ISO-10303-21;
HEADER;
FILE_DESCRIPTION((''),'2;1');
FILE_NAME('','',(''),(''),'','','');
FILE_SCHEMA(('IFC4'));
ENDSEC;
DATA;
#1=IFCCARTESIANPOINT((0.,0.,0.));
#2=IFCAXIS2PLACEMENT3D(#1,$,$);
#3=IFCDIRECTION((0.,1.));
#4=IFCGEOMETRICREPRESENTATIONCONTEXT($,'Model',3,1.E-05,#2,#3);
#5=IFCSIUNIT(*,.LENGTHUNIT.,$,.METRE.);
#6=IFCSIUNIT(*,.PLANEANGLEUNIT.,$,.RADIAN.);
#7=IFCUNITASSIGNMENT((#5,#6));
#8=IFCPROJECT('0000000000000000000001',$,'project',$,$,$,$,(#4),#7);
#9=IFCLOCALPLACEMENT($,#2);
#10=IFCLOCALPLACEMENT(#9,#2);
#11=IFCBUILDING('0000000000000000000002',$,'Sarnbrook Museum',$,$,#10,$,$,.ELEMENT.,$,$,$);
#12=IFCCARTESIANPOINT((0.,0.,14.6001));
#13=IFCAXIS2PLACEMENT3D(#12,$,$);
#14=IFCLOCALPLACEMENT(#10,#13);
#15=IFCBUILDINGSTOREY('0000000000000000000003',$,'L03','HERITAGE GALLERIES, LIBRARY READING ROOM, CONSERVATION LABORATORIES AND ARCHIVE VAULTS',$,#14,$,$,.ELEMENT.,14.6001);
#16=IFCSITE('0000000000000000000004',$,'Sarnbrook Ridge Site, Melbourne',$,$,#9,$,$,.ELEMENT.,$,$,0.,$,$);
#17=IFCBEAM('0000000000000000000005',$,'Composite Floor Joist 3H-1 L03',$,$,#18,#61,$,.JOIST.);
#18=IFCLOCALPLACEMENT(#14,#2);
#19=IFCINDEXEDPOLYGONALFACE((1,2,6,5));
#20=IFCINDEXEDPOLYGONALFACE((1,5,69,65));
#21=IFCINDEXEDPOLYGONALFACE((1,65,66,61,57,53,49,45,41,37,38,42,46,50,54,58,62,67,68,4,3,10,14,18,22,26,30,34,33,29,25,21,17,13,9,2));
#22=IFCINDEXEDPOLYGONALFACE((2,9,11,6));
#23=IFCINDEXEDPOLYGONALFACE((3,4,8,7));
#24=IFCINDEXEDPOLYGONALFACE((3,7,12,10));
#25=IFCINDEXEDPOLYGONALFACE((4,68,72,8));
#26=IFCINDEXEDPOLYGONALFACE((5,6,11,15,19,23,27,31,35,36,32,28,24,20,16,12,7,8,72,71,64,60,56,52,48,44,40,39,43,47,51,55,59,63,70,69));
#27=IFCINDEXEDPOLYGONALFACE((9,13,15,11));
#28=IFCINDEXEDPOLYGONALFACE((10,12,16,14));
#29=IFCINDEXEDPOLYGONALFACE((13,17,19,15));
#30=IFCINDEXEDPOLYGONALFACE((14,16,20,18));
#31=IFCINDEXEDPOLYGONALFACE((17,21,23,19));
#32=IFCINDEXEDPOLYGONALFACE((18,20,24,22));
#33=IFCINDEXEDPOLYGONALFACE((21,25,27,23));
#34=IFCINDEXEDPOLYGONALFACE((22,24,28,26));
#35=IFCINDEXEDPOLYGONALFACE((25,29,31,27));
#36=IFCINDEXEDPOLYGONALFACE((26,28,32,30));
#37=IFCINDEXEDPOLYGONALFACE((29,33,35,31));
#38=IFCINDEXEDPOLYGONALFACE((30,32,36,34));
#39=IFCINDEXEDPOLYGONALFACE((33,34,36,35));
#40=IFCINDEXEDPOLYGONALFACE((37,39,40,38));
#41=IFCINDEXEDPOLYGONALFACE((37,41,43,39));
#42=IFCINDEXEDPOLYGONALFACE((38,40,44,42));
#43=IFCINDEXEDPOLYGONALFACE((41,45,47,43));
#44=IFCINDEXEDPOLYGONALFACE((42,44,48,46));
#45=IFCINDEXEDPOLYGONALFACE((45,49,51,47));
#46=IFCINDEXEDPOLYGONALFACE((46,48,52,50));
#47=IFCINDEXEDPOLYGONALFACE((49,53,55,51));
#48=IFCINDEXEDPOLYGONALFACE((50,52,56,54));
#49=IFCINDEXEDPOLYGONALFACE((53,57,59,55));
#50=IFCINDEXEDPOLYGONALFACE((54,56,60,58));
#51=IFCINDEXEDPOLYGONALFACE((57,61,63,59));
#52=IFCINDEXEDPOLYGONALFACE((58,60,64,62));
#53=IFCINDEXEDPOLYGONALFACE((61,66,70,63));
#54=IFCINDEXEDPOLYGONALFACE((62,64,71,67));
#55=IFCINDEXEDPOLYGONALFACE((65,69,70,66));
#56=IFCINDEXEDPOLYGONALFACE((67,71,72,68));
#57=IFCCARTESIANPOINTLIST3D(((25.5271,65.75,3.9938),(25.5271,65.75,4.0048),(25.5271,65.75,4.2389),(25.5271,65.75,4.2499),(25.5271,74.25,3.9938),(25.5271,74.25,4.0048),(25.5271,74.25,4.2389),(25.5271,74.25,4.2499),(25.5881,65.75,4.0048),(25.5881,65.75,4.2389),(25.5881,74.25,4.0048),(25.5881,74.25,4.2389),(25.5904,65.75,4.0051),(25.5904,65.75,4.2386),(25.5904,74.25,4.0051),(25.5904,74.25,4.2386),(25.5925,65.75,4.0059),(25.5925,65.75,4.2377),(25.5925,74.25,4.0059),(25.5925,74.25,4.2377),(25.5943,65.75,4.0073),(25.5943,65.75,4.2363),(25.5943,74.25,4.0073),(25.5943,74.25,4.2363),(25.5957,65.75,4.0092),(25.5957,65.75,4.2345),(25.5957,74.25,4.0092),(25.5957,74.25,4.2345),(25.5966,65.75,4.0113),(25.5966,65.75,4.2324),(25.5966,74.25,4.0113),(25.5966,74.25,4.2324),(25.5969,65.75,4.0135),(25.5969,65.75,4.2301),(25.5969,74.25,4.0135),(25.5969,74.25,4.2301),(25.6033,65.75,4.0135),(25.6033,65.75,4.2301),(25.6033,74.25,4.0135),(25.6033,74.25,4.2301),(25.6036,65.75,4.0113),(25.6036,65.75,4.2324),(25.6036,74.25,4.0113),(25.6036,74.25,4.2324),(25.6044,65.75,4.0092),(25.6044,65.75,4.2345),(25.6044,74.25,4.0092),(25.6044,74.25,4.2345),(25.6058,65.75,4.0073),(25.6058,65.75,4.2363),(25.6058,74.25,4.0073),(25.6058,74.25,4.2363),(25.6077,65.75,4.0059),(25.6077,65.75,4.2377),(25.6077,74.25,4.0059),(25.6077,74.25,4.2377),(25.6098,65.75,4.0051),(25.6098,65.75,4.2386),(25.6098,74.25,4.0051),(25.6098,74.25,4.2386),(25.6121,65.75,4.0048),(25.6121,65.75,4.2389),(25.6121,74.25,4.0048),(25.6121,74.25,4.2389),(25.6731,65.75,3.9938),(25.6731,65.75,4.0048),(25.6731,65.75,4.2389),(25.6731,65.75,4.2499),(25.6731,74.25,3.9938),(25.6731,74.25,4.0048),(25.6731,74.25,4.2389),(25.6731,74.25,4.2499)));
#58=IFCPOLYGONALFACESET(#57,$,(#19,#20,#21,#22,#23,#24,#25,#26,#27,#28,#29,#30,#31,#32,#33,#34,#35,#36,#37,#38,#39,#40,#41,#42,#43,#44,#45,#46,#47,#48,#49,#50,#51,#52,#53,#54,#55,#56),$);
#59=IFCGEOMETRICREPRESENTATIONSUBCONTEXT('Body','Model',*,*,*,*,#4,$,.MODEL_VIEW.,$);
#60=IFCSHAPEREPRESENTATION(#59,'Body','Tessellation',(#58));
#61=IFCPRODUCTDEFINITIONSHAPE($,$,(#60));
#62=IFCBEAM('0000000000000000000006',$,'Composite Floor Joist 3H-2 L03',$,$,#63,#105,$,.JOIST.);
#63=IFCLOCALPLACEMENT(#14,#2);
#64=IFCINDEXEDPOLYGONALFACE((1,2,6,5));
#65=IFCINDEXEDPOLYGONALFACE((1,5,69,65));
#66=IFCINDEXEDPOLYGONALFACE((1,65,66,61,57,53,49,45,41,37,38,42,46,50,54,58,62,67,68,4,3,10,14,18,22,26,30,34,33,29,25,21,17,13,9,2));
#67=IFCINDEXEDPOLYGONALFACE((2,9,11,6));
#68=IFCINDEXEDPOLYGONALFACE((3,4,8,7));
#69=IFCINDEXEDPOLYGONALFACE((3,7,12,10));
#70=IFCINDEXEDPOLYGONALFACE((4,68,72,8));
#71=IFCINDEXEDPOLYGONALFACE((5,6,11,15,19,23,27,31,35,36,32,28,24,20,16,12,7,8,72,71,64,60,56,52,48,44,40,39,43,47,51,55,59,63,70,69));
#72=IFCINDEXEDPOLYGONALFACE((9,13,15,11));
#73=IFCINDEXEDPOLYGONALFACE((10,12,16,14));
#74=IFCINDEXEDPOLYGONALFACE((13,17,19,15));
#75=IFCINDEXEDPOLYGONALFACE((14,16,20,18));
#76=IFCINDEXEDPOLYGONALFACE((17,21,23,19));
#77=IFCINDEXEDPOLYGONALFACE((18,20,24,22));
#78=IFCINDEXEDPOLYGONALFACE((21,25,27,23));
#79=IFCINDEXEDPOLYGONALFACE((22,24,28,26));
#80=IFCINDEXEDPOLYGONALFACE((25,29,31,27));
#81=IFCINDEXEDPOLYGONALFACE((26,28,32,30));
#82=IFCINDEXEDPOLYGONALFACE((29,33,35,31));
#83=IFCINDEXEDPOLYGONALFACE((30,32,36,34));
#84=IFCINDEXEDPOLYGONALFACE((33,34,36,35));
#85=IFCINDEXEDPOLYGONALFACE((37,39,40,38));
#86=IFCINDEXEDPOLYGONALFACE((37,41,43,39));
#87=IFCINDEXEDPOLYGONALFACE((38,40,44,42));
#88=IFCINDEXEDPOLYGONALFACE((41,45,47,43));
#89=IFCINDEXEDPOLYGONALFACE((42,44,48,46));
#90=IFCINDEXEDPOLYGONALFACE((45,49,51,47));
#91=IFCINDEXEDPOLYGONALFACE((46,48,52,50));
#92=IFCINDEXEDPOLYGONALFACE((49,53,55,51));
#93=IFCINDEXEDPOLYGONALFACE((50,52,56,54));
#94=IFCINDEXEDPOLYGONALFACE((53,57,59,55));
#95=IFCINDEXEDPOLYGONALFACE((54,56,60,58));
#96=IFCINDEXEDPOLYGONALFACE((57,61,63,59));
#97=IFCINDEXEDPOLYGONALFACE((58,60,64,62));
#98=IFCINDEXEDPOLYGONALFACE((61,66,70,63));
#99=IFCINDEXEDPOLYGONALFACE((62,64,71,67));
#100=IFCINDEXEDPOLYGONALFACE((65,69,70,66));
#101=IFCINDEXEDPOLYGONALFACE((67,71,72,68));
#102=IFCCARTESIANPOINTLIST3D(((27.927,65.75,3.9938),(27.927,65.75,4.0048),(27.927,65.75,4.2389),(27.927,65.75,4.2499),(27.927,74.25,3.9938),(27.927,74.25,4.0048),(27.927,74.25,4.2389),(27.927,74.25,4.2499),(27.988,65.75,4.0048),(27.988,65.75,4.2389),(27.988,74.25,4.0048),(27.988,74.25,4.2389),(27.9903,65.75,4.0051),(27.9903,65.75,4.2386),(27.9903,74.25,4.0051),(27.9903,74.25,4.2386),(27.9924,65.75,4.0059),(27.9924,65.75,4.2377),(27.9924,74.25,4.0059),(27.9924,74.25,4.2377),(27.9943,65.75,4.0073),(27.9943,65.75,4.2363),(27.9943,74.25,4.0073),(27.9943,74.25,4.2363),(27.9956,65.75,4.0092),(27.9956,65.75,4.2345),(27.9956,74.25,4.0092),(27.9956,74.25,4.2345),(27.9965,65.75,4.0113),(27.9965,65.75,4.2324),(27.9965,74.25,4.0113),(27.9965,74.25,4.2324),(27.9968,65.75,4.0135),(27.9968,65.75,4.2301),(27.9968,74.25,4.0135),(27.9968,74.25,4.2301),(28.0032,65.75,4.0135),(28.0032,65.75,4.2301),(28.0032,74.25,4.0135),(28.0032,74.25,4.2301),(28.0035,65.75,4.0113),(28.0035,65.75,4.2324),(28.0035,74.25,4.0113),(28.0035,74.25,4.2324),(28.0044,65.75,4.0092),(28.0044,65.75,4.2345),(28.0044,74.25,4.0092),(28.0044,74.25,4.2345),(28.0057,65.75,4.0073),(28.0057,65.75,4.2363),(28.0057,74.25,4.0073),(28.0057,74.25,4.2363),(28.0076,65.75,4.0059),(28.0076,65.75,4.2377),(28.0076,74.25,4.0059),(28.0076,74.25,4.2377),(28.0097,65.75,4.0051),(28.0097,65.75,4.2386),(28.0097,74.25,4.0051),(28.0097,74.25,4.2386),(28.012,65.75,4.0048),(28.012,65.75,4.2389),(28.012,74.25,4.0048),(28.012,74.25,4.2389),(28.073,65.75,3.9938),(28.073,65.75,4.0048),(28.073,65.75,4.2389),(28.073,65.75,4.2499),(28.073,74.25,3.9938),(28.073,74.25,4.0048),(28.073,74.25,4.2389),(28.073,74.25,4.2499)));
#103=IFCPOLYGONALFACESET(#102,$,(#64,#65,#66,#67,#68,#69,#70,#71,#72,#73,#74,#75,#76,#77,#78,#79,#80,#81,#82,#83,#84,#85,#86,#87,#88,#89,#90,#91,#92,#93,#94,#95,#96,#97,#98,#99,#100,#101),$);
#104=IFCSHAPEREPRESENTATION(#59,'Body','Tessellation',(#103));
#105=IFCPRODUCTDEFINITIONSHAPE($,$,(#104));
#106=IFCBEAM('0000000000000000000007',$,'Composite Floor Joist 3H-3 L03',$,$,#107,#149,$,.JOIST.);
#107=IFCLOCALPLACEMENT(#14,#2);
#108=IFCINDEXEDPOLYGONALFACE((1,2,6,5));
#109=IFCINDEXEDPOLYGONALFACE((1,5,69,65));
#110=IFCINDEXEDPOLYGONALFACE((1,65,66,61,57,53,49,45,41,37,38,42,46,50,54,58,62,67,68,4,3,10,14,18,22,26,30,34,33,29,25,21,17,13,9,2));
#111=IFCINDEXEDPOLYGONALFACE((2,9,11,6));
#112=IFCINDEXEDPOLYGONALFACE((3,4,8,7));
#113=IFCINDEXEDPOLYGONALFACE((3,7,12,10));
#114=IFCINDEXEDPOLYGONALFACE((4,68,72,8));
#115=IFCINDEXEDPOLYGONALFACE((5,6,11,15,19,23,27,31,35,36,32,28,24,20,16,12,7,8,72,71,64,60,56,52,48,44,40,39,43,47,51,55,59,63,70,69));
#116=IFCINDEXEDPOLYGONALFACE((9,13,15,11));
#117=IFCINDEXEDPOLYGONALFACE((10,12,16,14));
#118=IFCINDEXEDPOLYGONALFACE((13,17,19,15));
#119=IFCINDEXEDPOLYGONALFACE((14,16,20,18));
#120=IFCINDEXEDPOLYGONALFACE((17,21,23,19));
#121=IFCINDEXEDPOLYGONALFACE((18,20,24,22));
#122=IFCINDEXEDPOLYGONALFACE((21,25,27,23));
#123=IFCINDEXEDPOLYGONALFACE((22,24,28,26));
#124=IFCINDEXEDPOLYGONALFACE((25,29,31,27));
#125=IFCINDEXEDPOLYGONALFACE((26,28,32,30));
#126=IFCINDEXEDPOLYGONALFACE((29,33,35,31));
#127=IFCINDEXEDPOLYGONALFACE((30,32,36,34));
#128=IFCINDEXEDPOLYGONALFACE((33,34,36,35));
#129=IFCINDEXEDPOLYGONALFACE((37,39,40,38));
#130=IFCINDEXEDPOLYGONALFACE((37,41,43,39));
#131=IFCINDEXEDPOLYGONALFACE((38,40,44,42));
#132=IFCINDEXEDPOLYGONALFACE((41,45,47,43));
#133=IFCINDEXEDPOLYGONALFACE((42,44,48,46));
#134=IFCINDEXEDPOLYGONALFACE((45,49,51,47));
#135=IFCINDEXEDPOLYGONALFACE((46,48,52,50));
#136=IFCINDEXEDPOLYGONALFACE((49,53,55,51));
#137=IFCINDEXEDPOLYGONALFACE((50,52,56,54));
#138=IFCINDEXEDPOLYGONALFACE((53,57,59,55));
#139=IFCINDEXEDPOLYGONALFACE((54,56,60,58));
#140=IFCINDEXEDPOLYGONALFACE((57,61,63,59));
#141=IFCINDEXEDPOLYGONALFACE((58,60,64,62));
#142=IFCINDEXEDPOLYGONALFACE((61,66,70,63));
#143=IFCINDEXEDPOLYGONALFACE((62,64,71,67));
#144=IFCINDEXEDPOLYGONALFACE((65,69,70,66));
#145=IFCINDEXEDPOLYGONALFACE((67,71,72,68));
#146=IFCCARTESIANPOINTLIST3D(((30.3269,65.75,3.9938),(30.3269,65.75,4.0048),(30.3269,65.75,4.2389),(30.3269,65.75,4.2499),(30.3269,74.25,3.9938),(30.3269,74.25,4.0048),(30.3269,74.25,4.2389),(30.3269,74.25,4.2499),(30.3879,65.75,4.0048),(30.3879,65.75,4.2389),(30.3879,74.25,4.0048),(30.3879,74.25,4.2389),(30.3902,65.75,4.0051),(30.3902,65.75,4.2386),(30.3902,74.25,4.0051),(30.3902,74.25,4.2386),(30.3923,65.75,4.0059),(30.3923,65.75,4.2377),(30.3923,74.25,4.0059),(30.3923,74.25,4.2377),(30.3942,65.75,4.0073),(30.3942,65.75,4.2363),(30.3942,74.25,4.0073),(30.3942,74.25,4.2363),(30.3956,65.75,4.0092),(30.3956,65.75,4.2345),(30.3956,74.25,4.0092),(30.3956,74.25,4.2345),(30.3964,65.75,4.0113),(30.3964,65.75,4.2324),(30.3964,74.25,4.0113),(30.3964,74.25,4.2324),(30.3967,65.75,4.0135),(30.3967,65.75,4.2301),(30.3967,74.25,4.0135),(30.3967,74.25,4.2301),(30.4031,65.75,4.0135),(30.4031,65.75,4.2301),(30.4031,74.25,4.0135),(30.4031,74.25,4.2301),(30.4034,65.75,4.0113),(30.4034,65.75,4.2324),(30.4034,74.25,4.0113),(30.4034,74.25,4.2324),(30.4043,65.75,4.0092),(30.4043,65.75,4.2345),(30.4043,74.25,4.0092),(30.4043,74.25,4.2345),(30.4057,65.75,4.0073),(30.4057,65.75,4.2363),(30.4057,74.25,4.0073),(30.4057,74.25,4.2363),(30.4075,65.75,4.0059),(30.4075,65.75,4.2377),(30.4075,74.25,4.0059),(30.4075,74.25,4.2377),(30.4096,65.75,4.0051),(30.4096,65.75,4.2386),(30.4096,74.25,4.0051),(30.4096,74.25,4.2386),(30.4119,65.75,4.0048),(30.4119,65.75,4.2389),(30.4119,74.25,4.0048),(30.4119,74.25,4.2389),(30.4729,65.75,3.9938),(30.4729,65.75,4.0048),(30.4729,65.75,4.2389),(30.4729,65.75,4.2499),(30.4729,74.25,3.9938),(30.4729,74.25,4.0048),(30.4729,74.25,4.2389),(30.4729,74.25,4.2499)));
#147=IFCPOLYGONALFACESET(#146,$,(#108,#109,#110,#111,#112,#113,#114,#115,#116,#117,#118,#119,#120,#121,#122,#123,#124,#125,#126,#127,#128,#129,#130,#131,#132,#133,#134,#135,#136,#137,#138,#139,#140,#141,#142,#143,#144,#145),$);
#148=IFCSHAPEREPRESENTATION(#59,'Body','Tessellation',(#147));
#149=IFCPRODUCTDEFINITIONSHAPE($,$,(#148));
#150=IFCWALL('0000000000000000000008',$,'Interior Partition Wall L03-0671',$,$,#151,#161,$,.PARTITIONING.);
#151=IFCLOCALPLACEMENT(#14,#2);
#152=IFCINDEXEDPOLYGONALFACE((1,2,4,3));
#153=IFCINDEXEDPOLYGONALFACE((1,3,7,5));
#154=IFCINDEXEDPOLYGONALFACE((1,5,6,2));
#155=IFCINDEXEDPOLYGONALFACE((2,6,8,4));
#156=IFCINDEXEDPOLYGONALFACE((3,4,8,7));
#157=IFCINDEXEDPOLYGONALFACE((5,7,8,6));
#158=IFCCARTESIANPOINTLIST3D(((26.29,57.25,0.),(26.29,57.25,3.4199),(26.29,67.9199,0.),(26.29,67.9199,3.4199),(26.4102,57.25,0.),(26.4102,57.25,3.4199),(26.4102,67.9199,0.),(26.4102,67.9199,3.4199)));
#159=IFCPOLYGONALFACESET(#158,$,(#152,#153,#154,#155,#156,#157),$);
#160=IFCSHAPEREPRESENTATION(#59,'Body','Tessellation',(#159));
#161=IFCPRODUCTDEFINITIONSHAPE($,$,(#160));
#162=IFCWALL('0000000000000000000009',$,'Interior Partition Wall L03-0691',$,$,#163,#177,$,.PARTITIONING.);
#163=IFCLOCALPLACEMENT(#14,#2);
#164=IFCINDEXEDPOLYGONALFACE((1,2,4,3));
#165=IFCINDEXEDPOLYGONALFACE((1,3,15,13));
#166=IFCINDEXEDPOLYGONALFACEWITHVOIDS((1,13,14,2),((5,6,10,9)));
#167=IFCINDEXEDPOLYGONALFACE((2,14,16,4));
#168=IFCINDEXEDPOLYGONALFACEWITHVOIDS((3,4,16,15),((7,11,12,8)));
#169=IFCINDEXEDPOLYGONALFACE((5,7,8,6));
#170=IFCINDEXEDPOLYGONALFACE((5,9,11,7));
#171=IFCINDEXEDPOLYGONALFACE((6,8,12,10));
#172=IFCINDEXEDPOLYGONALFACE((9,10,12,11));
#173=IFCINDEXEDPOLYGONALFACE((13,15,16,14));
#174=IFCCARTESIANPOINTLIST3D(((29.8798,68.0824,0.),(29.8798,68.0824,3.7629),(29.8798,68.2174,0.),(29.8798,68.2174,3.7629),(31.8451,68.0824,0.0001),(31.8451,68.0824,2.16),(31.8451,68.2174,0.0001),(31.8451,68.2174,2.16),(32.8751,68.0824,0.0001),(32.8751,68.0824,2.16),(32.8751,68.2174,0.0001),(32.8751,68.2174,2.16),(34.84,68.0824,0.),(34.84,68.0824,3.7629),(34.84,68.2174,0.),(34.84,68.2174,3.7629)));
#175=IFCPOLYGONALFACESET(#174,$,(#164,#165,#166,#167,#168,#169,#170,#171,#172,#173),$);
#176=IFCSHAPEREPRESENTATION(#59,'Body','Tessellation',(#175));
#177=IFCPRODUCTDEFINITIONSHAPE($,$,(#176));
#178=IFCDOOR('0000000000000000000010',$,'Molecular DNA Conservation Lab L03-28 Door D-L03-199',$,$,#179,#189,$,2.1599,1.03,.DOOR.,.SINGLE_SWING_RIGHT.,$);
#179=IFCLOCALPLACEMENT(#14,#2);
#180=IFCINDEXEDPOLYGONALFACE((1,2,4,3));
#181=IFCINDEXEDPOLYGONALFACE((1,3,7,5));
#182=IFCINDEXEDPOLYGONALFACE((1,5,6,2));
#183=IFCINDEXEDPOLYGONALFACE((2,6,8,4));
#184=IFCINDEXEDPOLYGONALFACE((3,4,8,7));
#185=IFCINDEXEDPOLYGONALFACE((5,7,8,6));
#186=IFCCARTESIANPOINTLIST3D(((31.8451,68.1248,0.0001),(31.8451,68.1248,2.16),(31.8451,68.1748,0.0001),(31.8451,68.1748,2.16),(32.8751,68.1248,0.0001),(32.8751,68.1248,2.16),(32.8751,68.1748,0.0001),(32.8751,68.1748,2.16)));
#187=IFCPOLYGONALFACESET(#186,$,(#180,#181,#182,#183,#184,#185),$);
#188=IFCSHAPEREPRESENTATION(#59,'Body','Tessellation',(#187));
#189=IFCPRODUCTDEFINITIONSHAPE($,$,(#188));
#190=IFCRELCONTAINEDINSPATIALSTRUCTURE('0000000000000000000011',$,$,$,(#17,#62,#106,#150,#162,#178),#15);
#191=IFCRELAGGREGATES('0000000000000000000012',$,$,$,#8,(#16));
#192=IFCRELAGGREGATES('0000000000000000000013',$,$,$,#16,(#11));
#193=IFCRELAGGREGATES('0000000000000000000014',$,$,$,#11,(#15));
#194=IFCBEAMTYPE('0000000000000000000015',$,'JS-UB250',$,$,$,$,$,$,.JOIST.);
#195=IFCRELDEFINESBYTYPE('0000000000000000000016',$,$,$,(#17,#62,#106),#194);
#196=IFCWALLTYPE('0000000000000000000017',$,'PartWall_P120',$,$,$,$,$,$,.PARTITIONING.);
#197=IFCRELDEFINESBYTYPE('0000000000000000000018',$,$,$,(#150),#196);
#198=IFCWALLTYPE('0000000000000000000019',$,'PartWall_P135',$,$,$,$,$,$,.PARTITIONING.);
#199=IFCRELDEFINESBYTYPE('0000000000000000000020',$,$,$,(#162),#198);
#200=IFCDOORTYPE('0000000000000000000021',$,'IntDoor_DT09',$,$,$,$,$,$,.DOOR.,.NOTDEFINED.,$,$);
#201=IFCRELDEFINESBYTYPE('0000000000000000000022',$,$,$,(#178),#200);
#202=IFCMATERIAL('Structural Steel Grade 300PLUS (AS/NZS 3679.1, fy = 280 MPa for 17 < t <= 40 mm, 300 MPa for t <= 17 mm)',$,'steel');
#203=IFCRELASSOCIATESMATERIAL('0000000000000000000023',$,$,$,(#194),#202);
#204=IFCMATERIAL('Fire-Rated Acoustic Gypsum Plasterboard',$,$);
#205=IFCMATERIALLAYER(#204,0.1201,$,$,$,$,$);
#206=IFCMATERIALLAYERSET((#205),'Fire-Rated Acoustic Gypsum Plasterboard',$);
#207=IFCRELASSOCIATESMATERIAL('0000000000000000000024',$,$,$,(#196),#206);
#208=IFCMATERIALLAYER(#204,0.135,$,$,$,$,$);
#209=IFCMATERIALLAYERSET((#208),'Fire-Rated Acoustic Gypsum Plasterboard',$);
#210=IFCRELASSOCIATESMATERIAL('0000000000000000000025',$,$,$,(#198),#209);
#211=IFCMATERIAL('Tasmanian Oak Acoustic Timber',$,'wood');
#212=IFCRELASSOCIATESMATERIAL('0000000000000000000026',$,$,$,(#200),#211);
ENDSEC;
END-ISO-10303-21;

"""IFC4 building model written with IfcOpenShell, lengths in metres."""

from ifc_helpers import new_model, si_unit, direction, frame, frame_2d, origin, origin_2d, place, context, subcontext, project, spatial, rectangle, i_section, extrude, material, layer, layer_set, material_profile, profile_set, type_object, element, fill, save


model = new_model("IFC4")

# Units and contexts
model_context = context("Model", 3, precision=1e-05, world=origin(), true_north=direction((0.0, 1.0)))
body_context = subcontext(model_context, "Body", "Model", "MODEL_VIEW")
ifc_project = project(units=[si_unit("LENGTHUNIT", "METRE"), si_unit("PLANEANGLEUNIT", "RADIAN")], contexts=[model_context])

# Site, building, storey
site_placement = place(None, origin())
site = spatial("IfcSite", under=ifc_project, at=site_placement, Name="Sarnbrook Ridge Site, Melbourne", CompositionType="ELEMENT", RefElevation=0.0)
building_placement = place(site_placement, origin())
building = spatial("IfcBuilding", under=site, at=building_placement, Name="Sarnbrook Museum", CompositionType="ELEMENT")
storey_placement = place(building_placement, frame((0.0, 0.0, 14.6001)))
storey = spatial("IfcBuildingStorey", under=building, at=storey_placement, Name="L03", Description="HERITAGE GALLERIES, LIBRARY READING ROOM, CONSERVATION LABORATORIES AND ARCHIVE VAULTS", CompositionType="ELEMENT", Elevation=14.6001)

# Shared definitions
ifc_material_1 = material(Name="Structural Steel Grade 300PLUS (AS/NZS 3679.1, fy = 280 MPa for 17 < t <= 40 mm, 300 MPa for t <= 17 mm)", Category="steel")

# Beams
ifc_material_profile_1 = material_profile(ifc_material_1, i_section(OverallWidth=0.146, OverallDepth=0.2561, WebThickness=0.0063, FlangeThickness=0.011, FilletRadius=0.0088, at=origin_2d()), Name="250UB37.3")
ifc_profile_set_1 = profile_set([ifc_material_profile_1], Name="Structural Steel Grade 300PLUS (AS/NZS 3679.1, fy = 280 MPa for 17 < t <= 40 mm, 300 MPa for t <= 17 mm)")
beam_type_1 = type_object("IfcBeamType", Name="JS-UB250", PredefinedType="JOIST", material=ifc_profile_set_1)
for number, where, z_axis, x_axis, name in (
    (1, (25.6001, 65.75, 4.1218), (0.0, 1.0, 0.0), (-1.0, 0.0, 0.0), "Composite Floor Joist 3H-1 L03"),
    (2, (28.0, 65.75, 4.1218), (0.0, 1.0, 0.0), (-1.0, 0.0, 0.0), "Composite Floor Joist 3H-2 L03"),
    (3, (30.3999, 65.75, 4.1218), (0.0, 1.0, 0.0), (-1.0, 0.0, 0.0), "Composite Floor Joist 3H-3 L03"),
):
    element("IfcBeam", number, at=place(storey_placement, frame(where, z_axis=z_axis, x_axis=x_axis)), inside=storey, type_object=beam_type_1, Name=name, PredefinedType="JOIST", context=body_context, shape_type="SweptSolid", body=[
        extrude(i_section(OverallWidth=0.146, OverallDepth=0.2561, WebThickness=0.0063, FlangeThickness=0.011, FilletRadius=0.0088, at=origin_2d()), origin(), (0.0, 0.0, 1.0), 8.5),
    ])

# Wall
ifc_material_2 = material(Name="Fire-Rated Acoustic Gypsum Plasterboard")
ifc_layer_1 = layer(ifc_material_2, 0.1201)
ifc_layer_set_1 = layer_set([ifc_layer_1], Name="Fire-Rated Acoustic Gypsum Plasterboard")
wall_type_1 = type_object("IfcWallType", Name="PartWall_P120", PredefinedType="PARTITIONING", material=ifc_layer_set_1)
wall_1_placement = place(storey_placement, frame((26.3501, 67.9199, 0.0), z_axis=(0.0, 0.0, 1.0), x_axis=(0.0, -1.0, 0.0)))
element("IfcWall", 4, at=wall_1_placement, inside=storey, type_object=wall_type_1, Name="Interior Partition Wall L03-0671", PredefinedType="PARTITIONING", context=body_context, shape_type="SweptSolid", body=[
    extrude(rectangle(XDim=10.6699, YDim=0.1201, at=frame_2d((5.335, 0.0))), origin(), (0.0, 0.0, 1.0), 3.4199),
])

# Wall, opening, door
ifc_layer_2 = layer(ifc_material_2, 0.135)
ifc_layer_set_2 = layer_set([ifc_layer_2], Name="Fire-Rated Acoustic Gypsum Plasterboard")
wall_type_2 = type_object("IfcWallType", Name="PartWall_P135", PredefinedType="PARTITIONING", material=ifc_layer_set_2)
wall_2_placement = place(storey_placement, frame((29.8799, 68.1499, 0.0), z_axis=(0.0, 0.0, 1.0), x_axis=(1.0, 0.0, 0.0)))
wall_2 = element("IfcWall", 5, at=wall_2_placement, inside=storey, type_object=wall_type_2, Name="Interior Partition Wall L03-0691", PredefinedType="PARTITIONING", context=body_context, shape_type="SweptSolid", body=[
    extrude(rectangle(XDim=4.9602, YDim=0.135, at=frame_2d((2.48, 0.0))), origin(), (0.0, 0.0, 1.0), 3.7629),
])
opening_1_placement = place(wall_2_placement, frame((1.9651, 0.0, 0.0)))
opening_1 = element("IfcOpeningElement", 6, at=opening_1_placement, cuts=wall_2, PredefinedType="OPENING", context=body_context, shape_type="SweptSolid", body=[
    extrude(rectangle(XDim=1.03, YDim=2.1599, at=frame_2d((0.5151, 1.0801))), frame((0.0, 0.0776, 0.0), z_axis=(0.0, -1.0, 0.0), x_axis=(1.0, 0.0, 0.0)), (0.0, 0.0, 1.0), 0.155),
])
ifc_material_3 = material(Name="Tasmanian Oak Acoustic Timber", Category="wood")
door_type_1 = type_object("IfcDoorType", Name="IntDoor_DT09", OperationType="NOTDEFINED", PredefinedType="DOOR", material=ifc_material_3)
door_1_placement = place(opening_1_placement, origin())
door_1 = element("IfcDoor", 7, at=door_1_placement, inside=storey, type_object=door_type_1, Name="Molecular DNA Conservation Lab L03-28 Door D-L03-199", OperationType="SINGLE_SWING_RIGHT", OverallHeight=2.1599, OverallWidth=1.03, PredefinedType="DOOR", context=body_context, shape_type="SweptSolid", body=[
    extrude(rectangle(XDim=1.03, YDim=2.1599, at=frame_2d((0.5151, 1.0801))), frame((0.0, 0.0249, 0.0), z_axis=(0.0, -1.0, 0.0), x_axis=(1.0, 0.0, 0.0)), (0.0, 0.0, 1.0), 0.05),
])
fill(opening_1, door_1)

save(model, "model.ifc")
